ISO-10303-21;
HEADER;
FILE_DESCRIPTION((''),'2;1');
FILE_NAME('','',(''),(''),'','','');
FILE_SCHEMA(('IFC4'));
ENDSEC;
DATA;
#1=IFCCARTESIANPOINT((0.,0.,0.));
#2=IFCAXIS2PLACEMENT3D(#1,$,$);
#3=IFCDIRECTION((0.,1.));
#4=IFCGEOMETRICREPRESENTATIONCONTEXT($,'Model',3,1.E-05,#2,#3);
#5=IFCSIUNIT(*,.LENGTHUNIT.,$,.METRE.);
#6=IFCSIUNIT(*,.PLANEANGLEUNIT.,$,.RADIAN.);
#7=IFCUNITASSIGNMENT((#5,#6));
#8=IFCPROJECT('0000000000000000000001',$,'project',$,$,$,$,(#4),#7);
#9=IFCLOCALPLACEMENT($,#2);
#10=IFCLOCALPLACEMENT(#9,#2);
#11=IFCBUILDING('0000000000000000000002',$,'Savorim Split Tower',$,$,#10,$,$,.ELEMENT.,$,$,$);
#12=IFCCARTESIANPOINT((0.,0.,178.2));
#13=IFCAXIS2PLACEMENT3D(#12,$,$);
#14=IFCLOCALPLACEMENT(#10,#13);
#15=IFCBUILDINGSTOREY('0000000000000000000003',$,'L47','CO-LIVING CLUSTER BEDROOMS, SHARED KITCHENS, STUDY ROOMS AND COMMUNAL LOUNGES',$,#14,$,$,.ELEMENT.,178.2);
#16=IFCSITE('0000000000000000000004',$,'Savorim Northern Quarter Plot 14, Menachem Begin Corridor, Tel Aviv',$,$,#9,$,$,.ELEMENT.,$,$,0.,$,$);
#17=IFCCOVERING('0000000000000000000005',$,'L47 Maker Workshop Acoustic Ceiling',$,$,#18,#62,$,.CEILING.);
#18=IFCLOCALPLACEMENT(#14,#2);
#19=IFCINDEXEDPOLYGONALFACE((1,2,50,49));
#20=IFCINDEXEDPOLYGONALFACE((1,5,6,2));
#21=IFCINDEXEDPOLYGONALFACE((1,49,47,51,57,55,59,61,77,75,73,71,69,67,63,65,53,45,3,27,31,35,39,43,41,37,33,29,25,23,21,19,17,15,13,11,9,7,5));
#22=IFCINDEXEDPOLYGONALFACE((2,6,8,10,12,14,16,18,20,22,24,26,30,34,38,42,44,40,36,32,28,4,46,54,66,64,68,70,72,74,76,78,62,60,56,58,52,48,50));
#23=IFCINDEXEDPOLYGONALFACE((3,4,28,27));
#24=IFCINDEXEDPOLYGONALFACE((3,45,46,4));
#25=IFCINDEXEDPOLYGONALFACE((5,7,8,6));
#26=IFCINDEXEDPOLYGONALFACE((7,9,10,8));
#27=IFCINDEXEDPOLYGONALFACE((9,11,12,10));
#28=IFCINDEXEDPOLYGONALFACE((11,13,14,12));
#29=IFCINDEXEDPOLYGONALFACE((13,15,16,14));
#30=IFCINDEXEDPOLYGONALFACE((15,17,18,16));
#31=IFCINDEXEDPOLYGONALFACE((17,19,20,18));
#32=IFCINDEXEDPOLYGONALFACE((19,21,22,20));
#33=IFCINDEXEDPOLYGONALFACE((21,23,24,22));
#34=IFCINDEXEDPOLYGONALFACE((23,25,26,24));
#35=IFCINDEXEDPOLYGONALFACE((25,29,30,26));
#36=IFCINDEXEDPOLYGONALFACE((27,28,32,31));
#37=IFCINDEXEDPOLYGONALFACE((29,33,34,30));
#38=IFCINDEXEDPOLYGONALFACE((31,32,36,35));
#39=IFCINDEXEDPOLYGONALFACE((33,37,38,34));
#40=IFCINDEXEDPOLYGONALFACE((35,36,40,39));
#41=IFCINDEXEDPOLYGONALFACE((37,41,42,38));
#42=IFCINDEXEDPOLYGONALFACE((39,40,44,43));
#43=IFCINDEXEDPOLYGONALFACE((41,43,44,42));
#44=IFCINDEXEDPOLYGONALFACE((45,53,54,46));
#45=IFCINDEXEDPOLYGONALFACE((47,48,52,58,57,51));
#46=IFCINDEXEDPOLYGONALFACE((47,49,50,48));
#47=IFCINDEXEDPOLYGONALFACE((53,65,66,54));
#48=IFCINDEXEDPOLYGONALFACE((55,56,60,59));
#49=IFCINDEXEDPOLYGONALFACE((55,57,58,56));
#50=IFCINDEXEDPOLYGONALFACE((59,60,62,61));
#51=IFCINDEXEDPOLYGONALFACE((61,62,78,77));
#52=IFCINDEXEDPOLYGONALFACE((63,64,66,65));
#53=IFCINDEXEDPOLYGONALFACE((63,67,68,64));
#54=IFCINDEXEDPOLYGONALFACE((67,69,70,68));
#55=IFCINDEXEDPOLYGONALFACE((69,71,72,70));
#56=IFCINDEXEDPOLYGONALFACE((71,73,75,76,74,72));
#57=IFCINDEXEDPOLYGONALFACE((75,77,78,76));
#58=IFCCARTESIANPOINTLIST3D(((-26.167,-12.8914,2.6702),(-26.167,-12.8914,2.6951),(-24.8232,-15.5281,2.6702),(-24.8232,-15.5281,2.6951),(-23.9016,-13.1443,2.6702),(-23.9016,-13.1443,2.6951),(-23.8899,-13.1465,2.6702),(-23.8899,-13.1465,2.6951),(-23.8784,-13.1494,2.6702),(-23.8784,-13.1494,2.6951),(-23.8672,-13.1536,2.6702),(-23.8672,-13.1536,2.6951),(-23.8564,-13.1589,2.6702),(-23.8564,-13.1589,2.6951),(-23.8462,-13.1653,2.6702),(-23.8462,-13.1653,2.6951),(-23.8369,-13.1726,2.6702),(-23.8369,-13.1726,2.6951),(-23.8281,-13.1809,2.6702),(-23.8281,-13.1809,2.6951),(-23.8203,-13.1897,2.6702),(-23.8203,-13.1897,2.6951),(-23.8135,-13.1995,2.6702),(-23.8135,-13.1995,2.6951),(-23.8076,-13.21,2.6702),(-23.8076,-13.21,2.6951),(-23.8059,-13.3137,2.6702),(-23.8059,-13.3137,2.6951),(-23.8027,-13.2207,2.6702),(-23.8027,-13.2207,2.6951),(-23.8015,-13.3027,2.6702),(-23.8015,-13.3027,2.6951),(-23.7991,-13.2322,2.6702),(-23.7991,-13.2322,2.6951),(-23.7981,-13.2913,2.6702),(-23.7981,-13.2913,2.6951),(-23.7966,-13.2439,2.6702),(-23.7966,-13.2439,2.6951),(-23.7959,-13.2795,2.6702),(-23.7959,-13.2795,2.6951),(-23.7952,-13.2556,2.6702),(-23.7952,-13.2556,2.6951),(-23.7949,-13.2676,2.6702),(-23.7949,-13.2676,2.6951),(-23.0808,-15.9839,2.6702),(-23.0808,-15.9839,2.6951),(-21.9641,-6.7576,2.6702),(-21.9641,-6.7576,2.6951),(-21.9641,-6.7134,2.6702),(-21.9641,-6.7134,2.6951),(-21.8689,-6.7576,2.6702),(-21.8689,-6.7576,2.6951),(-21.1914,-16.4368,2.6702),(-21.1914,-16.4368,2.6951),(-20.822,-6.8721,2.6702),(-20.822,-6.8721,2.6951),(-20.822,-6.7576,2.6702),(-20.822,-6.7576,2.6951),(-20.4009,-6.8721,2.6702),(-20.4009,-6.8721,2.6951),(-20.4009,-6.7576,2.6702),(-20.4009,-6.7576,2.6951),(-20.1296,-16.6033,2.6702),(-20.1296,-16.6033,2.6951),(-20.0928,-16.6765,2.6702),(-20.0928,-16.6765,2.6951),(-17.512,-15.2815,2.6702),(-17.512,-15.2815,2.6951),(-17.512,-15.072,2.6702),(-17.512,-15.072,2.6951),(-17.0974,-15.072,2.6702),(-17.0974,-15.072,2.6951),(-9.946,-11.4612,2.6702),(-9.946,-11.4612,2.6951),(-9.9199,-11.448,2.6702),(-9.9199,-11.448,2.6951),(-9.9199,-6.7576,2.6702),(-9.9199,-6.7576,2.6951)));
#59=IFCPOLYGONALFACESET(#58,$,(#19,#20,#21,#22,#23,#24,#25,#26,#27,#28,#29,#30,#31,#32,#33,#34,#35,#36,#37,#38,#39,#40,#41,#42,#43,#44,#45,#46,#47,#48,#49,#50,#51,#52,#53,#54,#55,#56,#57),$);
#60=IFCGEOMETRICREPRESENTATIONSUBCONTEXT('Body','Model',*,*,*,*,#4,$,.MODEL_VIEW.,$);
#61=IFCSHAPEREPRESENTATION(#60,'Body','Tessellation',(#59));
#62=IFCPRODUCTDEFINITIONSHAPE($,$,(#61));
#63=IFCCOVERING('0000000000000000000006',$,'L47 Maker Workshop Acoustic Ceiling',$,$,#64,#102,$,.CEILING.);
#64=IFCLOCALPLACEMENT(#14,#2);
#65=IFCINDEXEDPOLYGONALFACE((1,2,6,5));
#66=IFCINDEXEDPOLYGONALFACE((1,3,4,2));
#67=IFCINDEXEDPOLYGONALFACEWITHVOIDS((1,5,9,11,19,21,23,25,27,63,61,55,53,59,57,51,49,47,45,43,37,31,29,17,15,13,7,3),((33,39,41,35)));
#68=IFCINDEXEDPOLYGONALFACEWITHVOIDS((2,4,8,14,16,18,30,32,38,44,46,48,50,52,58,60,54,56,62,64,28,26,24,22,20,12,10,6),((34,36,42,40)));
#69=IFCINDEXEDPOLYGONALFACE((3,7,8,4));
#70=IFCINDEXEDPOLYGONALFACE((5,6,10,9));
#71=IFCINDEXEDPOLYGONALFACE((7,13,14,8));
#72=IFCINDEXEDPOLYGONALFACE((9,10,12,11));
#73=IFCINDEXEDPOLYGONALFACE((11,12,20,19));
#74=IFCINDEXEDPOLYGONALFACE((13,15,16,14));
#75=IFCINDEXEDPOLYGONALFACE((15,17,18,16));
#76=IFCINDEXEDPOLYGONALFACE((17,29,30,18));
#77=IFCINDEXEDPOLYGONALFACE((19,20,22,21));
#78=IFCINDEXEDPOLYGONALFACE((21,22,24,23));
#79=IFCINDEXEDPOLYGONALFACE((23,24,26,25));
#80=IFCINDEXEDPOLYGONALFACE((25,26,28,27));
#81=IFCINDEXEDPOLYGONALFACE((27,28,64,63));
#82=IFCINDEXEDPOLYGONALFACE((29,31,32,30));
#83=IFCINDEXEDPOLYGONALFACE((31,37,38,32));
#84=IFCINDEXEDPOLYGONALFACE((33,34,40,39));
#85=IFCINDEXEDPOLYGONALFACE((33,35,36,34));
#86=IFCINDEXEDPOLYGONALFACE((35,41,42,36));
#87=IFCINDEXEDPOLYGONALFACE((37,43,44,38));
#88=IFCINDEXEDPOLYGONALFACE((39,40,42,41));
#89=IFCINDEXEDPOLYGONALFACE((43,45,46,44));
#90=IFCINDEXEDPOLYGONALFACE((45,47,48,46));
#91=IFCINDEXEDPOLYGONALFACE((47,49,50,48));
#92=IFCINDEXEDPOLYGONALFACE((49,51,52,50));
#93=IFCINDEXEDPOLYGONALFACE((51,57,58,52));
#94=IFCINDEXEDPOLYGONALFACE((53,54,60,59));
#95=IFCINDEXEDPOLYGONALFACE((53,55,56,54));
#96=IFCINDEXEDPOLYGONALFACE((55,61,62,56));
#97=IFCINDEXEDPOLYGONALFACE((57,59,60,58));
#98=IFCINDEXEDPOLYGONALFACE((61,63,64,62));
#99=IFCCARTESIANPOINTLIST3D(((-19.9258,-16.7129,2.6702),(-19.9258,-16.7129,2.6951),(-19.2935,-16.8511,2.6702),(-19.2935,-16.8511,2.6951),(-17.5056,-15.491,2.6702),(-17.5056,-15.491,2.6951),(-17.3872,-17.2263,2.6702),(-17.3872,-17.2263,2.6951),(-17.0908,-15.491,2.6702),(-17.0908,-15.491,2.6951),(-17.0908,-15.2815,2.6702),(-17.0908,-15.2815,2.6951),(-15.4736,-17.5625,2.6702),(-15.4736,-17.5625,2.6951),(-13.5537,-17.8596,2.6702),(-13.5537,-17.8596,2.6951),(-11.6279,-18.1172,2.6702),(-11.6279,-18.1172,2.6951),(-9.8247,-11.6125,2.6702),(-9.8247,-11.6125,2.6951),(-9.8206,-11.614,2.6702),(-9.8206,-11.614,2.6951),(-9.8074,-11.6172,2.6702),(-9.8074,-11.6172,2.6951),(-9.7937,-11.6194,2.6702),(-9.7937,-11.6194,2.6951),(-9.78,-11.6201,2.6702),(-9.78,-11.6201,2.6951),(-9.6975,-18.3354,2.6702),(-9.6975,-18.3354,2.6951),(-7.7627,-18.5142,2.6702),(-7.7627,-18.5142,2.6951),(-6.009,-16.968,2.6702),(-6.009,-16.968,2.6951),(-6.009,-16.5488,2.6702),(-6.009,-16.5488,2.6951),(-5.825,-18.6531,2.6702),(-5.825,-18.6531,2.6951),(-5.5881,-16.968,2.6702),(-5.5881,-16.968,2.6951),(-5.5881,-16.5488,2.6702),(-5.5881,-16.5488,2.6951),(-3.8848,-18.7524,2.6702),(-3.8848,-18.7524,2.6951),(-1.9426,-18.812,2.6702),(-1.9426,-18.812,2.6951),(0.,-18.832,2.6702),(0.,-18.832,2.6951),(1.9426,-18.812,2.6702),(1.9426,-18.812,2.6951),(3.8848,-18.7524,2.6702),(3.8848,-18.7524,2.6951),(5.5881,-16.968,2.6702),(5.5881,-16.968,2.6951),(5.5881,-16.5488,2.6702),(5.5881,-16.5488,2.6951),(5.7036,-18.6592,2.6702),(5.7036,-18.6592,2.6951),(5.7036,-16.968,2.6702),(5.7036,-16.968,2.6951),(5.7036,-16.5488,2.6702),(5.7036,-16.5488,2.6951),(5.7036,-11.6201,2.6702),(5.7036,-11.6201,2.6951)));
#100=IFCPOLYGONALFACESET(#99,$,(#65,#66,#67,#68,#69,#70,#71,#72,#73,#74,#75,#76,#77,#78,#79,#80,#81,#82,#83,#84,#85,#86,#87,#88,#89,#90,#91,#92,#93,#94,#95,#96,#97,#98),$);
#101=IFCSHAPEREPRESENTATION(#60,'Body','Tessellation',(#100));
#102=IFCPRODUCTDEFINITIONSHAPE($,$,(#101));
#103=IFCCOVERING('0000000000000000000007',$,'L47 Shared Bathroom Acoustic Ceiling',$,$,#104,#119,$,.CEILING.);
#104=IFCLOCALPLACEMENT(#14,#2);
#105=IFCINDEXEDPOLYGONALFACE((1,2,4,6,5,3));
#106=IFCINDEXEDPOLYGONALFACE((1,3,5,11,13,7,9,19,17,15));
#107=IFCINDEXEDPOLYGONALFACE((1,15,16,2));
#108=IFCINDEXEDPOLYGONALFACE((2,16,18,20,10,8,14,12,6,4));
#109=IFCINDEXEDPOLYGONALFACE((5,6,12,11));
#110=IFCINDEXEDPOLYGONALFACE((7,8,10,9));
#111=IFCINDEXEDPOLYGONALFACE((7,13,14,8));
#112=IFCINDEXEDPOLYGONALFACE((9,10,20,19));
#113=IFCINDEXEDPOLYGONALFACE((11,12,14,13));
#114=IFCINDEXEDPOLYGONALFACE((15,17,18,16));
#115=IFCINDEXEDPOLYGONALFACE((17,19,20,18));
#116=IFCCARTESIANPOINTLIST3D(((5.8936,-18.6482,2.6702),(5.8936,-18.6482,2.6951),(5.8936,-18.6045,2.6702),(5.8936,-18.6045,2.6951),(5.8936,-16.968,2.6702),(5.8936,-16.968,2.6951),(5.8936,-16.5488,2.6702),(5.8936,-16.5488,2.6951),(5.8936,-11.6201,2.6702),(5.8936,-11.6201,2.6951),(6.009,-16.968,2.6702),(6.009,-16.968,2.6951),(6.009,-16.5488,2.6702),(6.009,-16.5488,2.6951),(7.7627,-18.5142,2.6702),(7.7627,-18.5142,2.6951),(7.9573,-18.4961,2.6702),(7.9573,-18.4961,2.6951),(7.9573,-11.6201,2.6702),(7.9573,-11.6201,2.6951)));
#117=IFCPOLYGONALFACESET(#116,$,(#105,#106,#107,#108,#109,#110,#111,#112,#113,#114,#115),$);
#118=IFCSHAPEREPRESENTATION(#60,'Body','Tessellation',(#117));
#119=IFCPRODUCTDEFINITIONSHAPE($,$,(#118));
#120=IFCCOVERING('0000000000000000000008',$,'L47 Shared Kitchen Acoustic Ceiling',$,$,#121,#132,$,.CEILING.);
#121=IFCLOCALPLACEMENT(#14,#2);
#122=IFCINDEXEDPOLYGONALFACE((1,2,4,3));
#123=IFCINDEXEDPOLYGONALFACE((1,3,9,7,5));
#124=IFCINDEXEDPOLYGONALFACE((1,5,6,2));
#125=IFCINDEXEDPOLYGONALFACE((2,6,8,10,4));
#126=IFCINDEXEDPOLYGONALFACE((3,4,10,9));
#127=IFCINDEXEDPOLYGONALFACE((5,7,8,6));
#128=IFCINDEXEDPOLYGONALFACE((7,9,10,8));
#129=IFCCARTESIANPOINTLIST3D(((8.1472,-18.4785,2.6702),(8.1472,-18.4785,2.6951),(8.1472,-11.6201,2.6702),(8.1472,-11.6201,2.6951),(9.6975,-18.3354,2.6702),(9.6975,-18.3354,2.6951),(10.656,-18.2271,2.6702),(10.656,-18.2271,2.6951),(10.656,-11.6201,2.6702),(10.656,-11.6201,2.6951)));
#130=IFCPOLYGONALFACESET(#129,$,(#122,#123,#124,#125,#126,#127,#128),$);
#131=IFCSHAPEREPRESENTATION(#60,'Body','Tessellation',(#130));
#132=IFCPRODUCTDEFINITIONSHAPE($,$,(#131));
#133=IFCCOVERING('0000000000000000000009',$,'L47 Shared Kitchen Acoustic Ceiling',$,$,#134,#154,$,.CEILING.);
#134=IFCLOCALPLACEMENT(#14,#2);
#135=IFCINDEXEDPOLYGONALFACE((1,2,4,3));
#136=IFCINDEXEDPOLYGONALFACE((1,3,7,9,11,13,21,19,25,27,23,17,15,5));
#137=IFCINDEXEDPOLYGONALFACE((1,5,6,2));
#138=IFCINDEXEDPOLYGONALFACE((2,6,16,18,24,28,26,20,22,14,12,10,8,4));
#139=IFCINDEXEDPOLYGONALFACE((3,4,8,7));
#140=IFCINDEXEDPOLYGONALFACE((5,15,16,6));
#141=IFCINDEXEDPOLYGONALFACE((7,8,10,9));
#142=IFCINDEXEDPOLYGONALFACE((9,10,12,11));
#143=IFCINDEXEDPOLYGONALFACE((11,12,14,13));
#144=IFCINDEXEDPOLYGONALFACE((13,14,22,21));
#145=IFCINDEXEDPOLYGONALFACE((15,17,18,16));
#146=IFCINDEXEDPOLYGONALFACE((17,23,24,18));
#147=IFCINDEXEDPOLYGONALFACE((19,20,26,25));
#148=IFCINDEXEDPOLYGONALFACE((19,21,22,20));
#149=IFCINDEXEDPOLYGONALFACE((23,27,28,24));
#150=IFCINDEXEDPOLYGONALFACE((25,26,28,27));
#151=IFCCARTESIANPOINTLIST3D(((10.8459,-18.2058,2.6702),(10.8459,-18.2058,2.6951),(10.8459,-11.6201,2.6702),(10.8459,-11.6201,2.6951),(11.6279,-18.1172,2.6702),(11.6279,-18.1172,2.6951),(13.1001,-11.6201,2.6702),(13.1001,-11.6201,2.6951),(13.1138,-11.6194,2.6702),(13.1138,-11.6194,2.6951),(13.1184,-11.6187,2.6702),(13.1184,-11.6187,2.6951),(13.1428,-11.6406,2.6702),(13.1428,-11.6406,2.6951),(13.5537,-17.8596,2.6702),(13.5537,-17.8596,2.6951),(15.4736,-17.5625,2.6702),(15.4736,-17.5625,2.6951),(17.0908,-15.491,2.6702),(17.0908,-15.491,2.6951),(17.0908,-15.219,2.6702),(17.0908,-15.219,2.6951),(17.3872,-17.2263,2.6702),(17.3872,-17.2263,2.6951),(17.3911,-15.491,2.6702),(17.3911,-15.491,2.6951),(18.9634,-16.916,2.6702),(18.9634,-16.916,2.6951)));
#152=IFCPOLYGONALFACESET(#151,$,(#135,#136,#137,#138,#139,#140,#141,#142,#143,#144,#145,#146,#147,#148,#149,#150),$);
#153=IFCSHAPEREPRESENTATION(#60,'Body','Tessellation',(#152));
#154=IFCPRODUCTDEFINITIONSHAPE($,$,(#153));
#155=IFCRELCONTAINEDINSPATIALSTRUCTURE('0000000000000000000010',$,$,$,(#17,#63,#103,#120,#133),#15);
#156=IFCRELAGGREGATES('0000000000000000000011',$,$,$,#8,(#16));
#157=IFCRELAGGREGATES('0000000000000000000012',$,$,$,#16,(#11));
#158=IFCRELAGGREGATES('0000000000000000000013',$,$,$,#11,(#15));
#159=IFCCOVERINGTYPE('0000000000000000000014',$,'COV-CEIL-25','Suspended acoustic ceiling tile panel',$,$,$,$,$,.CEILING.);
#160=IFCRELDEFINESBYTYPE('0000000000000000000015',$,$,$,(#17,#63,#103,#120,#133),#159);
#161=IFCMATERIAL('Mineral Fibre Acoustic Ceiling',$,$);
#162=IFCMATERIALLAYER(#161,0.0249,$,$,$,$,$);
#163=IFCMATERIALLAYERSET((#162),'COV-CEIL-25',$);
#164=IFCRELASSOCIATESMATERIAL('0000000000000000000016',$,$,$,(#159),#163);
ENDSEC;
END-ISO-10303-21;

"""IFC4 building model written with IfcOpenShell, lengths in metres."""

from ifc_helpers import new_model, si_unit, direction, frame, origin, place, context, subcontext, project, spatial, polyline, outline, extrude, material, layer, layer_set, type_object, element, save


model = new_model("IFC4")

# Units and contexts
model_context = context("Model", 3, precision=1e-05, world=origin(), true_north=direction((0.0, 1.0)))
body_context = subcontext(model_context, "Body", "Model", "MODEL_VIEW")
ifc_project = project(units=[si_unit("LENGTHUNIT", "METRE"), si_unit("PLANEANGLEUNIT", "RADIAN")], contexts=[model_context])

# Site, building, storey
site_placement = place(None, origin())
site = spatial("IfcSite", under=ifc_project, at=site_placement, Name="Savorim Northern Quarter Plot 14, Menachem Begin Corridor, Tel Aviv", CompositionType="ELEMENT", RefElevation=0.0)
building_placement = place(site_placement, origin())
building = spatial("IfcBuilding", under=site, at=building_placement, Name="Savorim Split Tower", CompositionType="ELEMENT")
storey_placement = place(building_placement, frame((0.0, 0.0, 178.2)))
storey = spatial("IfcBuildingStorey", under=building, at=storey_placement, Name="L47", Description="CO-LIVING CLUSTER BEDROOMS, SHARED KITCHENS, STUDY ROOMS AND COMMUNAL LOUNGES", CompositionType="ELEMENT", Elevation=178.2)

# Coverings
ifc_material_1 = material(Name="Mineral Fibre Acoustic Ceiling")
ifc_layer_1 = layer(ifc_material_1, 0.0249)
ifc_layer_set_1 = layer_set([ifc_layer_1], Name="COV-CEIL-25")
covering_type_1 = type_object("IfcCoveringType", Name="COV-CEIL-25", Description="Suspended acoustic ceiling tile panel", PredefinedType="CEILING", material=ifc_layer_set_1)
covering_1_placement = place(storey_placement, frame((0.0, 0.0, 2.6702)))
element("IfcCovering", 1, at=covering_1_placement, inside=storey, type_object=covering_type_1, Name="L47 Maker Workshop Acoustic Ceiling", PredefinedType="CEILING", context=body_context, shape_type="SweptSolid", body=[
    extrude(outline(polyline([(-23.7952, -13.2556), (-23.7949, -13.2676), (-23.7959, -13.2795), (-23.7981, -13.2913), (-23.8015, -13.3027), (-23.8059, -13.3137), (-24.8232, -15.5281), (-23.0808, -15.9839), (-21.1914, -16.4368), (-20.0928, -16.6765), (-20.1296, -16.6033), (-17.512, -15.2815), (-17.512, -15.072), (-17.0974, -15.072), (-9.946, -11.4612), (-9.9199, -11.448), (-9.9199, -6.7576), (-20.4009, -6.7576), (-20.4009, -6.8721), (-20.822, -6.8721), (-20.822, -6.7576), (-21.8689, -6.7576), (-21.9641, -6.7576), (-21.9641, -6.7134), (-26.167, -12.8914), (-23.9016, -13.1443), (-23.8899, -13.1465), (-23.8784, -13.1494), (-23.8672, -13.1536), (-23.8564, -13.1589), (-23.8462, -13.1653), (-23.8369, -13.1726), (-23.8281, -13.1809), (-23.8203, -13.1897), (-23.8135, -13.1995), (-23.8076, -13.21), (-23.8027, -13.2207), (-23.7991, -13.2322), (-23.7966, -13.2439), (-23.7952, -13.2556)])), origin(), (0.0, 0.0, 1.0), 0.0249),
])
covering_2_placement = place(storey_placement, frame((0.0, 0.0, 2.6702)))
element("IfcCovering", 2, at=covering_2_placement, inside=storey, type_object=covering_type_1, Name="L47 Maker Workshop Acoustic Ceiling", PredefinedType="CEILING", context=body_context, shape_type="SweptSolid", body=[
    extrude(outline(polyline([(-1.9426, -18.812), (0.0, -18.832), (1.9426, -18.812), (3.8848, -18.7524), (5.7036, -18.6592), (5.7036, -16.968), (5.5881, -16.968), (5.5881, -16.5488), (5.7036, -16.5488), (5.7036, -11.6201), (-9.78, -11.6201), (-9.7937, -11.6194), (-9.8074, -11.6172), (-9.8206, -11.614), (-9.8247, -11.6125), (-17.0908, -15.2815), (-17.0908, -15.491), (-17.5056, -15.491), (-19.9258, -16.7129), (-19.2935, -16.8511), (-17.3872, -17.2263), (-15.4736, -17.5625), (-13.5537, -17.8596), (-11.6279, -18.1172), (-9.6975, -18.3354), (-7.7627, -18.5142), (-5.825, -18.6531), (-3.8848, -18.7524), (-1.9426, -18.812)]), holes=[polyline([(-6.009, -16.968), (-5.5881, -16.968), (-5.5881, -16.5488), (-6.009, -16.5488), (-6.009, -16.968)])]), origin(), (0.0, 0.0, 1.0), 0.0249),
])
covering_3_placement = place(storey_placement, frame((0.0, 0.0, 2.6702)))
element("IfcCovering", 3, at=covering_3_placement, inside=storey, type_object=covering_type_1, Name="L47 Shared Bathroom Acoustic Ceiling", PredefinedType="CEILING", context=body_context, shape_type="SweptSolid", body=[
    extrude(outline(polyline([(5.8936, -18.6045), (5.8936, -18.6482), (7.7627, -18.5142), (7.9573, -18.4961), (7.9573, -11.6201), (5.8936, -11.6201), (5.8936, -16.5488), (6.009, -16.5488), (6.009, -16.968), (5.8936, -16.968), (5.8936, -18.6045)])), origin(), (0.0, 0.0, 1.0), 0.0249),
])
covering_4_placement = place(storey_placement, frame((0.0, 0.0, 2.6702)))
element("IfcCovering", 4, at=covering_4_placement, inside=storey, type_object=covering_type_1, Name="L47 Shared Kitchen Acoustic Ceiling", PredefinedType="CEILING", context=body_context, shape_type="SweptSolid", body=[
    extrude(outline(polyline([(8.1472, -11.6201), (8.1472, -18.4785), (9.6975, -18.3354), (10.656, -18.2271), (10.656, -11.6201), (8.1472, -11.6201)])), origin(), (0.0, 0.0, 1.0), 0.0249),
])
covering_5_placement = place(storey_placement, frame((0.0, 0.0, 2.6702)))
element("IfcCovering", 5, at=covering_5_placement, inside=storey, type_object=covering_type_1, Name="L47 Shared Kitchen Acoustic Ceiling", PredefinedType="CEILING", context=body_context, shape_type="SweptSolid", body=[
    extrude(outline(polyline([(11.6279, -18.1172), (13.5537, -17.8596), (15.4736, -17.5625), (17.3872, -17.2263), (18.9634, -16.916), (17.3911, -15.491), (17.0908, -15.491), (17.0908, -15.219), (13.1428, -11.6406), (13.1184, -11.6187), (13.1138, -11.6194), (13.1001, -11.6201), (10.8459, -11.6201), (10.8459, -18.2058), (11.6279, -18.1172)])), origin(), (0.0, 0.0, 1.0), 0.0249),
])

save(model, "model.ifc")
